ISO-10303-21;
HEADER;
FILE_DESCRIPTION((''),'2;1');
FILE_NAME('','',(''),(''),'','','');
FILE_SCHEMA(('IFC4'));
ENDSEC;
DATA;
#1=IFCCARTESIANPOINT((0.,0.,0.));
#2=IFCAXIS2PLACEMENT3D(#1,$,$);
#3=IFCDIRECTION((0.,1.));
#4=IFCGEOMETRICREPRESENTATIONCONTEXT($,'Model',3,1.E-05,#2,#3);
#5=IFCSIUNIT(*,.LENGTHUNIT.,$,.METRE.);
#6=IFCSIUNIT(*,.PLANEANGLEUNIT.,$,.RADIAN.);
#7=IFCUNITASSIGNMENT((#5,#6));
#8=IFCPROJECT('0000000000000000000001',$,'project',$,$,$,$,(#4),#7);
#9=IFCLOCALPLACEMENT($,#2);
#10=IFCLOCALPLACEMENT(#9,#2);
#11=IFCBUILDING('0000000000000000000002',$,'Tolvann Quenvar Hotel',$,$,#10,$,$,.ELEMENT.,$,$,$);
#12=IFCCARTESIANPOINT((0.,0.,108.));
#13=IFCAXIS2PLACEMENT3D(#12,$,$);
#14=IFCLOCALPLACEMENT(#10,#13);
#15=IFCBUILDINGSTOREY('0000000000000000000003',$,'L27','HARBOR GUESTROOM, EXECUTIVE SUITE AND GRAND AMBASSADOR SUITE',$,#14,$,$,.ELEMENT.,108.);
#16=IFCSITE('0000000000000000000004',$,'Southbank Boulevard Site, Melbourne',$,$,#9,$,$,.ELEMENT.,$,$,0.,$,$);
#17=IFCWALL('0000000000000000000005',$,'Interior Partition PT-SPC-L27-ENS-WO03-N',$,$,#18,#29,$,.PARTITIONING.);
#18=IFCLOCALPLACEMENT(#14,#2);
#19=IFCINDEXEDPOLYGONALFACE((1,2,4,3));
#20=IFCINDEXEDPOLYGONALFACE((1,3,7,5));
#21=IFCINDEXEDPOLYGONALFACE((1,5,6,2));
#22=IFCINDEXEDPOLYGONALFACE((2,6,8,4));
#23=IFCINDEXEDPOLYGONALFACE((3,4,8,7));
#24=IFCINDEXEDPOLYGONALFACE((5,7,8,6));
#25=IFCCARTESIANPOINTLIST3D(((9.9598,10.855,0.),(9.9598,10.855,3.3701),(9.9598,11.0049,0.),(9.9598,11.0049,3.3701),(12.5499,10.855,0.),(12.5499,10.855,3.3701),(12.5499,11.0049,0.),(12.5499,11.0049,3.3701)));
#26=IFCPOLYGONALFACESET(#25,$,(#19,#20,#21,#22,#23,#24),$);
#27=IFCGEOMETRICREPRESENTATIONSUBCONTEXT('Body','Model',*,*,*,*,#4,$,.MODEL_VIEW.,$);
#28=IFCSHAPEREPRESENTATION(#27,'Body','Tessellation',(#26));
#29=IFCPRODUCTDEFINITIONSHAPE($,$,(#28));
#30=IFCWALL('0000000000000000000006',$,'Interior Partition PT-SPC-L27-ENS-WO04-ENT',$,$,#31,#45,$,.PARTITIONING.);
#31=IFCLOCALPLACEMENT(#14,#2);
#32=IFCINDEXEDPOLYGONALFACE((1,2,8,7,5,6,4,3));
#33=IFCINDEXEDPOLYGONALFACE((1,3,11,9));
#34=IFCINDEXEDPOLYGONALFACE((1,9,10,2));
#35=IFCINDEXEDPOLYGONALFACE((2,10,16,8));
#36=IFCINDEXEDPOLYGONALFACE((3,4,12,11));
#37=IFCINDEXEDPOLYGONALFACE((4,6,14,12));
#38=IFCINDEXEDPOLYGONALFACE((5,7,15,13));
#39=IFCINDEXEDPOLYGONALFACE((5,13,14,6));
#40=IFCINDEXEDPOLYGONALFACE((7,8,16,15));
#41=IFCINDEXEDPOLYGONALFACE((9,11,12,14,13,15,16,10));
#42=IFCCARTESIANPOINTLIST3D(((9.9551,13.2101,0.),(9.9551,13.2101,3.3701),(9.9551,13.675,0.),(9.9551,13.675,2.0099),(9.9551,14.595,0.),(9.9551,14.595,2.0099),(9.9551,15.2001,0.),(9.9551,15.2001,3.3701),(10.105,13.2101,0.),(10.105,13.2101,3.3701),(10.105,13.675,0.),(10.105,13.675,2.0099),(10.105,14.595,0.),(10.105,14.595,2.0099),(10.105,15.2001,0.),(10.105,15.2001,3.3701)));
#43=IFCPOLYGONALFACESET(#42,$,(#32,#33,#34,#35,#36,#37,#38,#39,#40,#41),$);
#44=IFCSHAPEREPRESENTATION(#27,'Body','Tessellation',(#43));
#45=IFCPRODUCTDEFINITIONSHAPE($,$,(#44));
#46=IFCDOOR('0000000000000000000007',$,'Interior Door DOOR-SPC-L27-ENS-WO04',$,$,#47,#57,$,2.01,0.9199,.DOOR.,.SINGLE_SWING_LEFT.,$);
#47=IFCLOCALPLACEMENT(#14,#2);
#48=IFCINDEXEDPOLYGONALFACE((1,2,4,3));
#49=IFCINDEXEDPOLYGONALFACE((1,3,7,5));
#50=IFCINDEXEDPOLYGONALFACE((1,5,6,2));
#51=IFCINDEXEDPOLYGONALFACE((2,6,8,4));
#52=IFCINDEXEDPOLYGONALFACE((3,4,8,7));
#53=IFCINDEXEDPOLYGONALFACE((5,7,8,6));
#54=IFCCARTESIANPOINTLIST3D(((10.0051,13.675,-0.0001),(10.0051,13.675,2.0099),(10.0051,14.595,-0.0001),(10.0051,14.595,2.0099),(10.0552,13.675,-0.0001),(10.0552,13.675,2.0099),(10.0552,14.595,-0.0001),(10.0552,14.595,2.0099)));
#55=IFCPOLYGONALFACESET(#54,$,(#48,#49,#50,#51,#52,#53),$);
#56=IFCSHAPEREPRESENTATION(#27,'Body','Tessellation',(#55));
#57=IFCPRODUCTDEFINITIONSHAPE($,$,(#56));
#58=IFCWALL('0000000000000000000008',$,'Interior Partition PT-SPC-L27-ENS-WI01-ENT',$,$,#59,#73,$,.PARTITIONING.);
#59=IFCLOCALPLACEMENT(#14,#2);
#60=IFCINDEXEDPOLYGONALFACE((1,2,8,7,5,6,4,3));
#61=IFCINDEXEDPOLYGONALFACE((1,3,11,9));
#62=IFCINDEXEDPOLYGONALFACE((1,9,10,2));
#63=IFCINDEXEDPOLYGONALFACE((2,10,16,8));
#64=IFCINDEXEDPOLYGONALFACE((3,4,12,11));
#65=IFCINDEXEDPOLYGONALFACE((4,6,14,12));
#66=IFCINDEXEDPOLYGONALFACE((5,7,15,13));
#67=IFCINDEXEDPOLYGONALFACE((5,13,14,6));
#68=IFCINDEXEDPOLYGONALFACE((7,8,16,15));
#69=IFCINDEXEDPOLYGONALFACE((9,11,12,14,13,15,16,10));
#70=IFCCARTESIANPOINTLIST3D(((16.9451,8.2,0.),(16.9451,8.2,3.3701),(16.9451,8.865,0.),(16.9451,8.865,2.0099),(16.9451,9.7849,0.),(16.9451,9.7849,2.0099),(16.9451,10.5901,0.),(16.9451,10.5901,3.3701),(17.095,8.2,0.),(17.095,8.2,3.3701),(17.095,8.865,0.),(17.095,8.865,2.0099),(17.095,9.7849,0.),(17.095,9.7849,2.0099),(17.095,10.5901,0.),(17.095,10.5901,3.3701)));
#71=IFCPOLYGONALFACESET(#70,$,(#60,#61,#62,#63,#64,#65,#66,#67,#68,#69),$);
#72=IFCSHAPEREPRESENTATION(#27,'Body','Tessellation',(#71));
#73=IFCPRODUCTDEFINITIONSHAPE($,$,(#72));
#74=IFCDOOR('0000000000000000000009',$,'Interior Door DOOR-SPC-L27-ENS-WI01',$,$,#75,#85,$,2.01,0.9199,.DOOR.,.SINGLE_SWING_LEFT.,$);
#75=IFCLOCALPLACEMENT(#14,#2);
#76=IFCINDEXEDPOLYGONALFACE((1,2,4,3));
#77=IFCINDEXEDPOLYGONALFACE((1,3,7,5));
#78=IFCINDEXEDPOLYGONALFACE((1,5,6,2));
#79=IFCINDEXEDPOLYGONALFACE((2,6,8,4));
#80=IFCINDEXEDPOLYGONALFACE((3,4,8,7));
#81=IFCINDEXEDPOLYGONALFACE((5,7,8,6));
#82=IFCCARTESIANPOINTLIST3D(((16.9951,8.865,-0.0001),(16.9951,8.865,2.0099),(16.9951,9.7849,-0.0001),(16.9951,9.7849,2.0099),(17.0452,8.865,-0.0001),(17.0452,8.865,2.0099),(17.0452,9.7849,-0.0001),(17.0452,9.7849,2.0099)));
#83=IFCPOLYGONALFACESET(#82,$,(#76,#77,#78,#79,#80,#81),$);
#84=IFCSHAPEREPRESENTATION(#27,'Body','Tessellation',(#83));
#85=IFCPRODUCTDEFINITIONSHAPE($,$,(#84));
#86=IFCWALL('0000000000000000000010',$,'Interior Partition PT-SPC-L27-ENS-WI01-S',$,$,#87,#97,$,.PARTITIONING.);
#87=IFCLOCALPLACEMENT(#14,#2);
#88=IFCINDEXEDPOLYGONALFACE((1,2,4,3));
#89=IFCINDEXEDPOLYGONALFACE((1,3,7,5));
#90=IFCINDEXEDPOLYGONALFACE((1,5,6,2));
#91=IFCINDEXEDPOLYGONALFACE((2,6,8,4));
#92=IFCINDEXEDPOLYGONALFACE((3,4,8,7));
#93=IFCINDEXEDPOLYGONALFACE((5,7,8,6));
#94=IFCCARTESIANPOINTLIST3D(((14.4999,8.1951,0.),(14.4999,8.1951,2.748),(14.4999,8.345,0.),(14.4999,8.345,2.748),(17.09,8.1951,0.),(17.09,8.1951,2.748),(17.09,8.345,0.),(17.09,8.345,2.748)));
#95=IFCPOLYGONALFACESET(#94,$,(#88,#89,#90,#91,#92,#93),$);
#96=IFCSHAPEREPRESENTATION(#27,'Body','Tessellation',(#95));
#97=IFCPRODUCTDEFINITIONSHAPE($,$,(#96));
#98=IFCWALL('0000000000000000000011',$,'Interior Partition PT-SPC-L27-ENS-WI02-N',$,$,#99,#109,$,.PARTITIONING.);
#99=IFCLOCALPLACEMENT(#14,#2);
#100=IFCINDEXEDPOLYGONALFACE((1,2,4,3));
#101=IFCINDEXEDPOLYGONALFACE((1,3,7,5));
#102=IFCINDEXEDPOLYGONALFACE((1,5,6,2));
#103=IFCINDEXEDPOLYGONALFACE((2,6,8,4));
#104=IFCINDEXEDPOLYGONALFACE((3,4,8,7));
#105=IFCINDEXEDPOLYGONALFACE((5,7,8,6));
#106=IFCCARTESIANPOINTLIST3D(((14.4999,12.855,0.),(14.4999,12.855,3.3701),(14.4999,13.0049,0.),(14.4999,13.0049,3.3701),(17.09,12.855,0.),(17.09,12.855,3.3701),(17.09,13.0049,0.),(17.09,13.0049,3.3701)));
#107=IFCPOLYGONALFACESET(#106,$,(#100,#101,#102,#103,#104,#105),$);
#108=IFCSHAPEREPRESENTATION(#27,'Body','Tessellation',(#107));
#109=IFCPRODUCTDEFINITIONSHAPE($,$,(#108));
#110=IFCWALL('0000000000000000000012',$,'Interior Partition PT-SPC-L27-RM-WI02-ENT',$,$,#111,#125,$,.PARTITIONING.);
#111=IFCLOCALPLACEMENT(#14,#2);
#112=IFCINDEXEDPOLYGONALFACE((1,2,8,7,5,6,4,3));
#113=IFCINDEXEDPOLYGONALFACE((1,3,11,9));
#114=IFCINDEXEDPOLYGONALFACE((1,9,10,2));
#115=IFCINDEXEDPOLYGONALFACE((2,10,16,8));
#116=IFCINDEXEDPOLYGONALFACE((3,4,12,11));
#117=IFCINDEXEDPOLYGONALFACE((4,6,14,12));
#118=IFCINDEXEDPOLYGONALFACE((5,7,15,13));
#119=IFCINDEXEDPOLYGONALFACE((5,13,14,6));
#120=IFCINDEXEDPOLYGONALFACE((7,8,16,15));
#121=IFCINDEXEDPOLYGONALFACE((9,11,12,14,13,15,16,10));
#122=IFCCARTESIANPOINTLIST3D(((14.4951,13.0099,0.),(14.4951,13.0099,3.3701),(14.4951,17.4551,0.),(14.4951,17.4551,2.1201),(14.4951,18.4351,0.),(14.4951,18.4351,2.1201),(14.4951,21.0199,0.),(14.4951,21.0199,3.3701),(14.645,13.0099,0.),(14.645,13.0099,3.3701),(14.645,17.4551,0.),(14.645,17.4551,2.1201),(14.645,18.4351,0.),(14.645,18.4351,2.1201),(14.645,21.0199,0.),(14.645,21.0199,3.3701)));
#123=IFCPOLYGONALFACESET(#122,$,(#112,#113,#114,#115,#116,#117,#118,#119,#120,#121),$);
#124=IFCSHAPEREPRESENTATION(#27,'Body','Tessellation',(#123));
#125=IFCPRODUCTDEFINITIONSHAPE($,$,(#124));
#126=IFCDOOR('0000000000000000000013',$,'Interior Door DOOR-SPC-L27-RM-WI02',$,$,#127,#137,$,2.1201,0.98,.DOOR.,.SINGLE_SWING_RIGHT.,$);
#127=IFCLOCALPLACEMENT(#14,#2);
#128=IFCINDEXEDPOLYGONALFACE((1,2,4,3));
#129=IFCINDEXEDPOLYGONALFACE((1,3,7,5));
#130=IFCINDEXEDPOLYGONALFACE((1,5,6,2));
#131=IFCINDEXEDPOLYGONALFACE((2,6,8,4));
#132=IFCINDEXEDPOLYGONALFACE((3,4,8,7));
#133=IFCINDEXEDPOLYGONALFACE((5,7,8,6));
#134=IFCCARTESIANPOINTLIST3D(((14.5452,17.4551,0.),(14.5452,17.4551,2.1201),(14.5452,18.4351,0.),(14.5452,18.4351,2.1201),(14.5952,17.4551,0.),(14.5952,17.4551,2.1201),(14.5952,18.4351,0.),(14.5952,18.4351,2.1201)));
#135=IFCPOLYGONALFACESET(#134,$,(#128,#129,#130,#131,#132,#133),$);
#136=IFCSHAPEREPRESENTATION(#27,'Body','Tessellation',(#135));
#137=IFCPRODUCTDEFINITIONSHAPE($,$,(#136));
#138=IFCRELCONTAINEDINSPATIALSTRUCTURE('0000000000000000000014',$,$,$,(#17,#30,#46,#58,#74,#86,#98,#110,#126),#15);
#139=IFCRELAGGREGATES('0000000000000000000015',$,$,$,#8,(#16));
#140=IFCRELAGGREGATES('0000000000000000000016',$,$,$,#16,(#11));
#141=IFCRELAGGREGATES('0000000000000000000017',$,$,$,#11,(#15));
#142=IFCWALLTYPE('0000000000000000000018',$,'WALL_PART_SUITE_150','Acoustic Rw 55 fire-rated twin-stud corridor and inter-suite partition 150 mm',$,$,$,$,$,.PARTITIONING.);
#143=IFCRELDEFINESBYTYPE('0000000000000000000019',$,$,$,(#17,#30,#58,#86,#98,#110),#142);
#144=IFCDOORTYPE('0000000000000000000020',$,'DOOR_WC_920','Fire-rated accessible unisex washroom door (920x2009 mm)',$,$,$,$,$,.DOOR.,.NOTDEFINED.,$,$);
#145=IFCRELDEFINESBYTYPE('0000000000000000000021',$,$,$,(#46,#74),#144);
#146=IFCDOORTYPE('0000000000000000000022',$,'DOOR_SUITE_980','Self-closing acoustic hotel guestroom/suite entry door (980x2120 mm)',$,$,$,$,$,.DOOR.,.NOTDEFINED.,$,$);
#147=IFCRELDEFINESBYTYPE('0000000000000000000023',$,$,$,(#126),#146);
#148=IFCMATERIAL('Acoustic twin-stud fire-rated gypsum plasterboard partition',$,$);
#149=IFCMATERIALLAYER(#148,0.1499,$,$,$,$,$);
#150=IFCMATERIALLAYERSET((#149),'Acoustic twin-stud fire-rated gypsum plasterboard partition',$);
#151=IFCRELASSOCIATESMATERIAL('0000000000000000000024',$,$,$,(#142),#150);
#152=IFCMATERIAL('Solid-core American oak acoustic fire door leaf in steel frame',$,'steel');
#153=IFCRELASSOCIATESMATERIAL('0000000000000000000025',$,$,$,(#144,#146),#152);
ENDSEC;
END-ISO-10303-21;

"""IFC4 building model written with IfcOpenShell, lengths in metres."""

from ifc_helpers import new_model, si_unit, direction, frame, frame_2d, origin, place, context, subcontext, project, spatial, rectangle, extrude, source, transform, mapped, material, layer, layer_set, type_object, type_shapes, element, fill, save


model = new_model("IFC4")

# Units and contexts
model_context = context("Model", 3, precision=1e-05, world=origin(), true_north=direction((0.0, 1.0)))
body_context = subcontext(model_context, "Body", "Model", "MODEL_VIEW")
ifc_project = project(units=[si_unit("LENGTHUNIT", "METRE"), si_unit("PLANEANGLEUNIT", "RADIAN")], contexts=[model_context])

# Site, building, storey
site_placement = place(None, origin())
site = spatial("IfcSite", under=ifc_project, at=site_placement, Name="Southbank Boulevard Site, Melbourne", CompositionType="ELEMENT", RefElevation=0.0)
building_placement = place(site_placement, origin())
building = spatial("IfcBuilding", under=site, at=building_placement, Name="Tolvann Quenvar Hotel", CompositionType="ELEMENT")
storey_placement = place(building_placement, frame((0.0, 0.0, 108.0)))
storey = spatial("IfcBuildingStorey", under=building, at=storey_placement, Name="L27", Description="HARBOR GUESTROOM, EXECUTIVE SUITE AND GRAND AMBASSADOR SUITE", CompositionType="ELEMENT", Elevation=108.0)

# Shared definitions
ifc_material_1 = material(Name="Acoustic twin-stud fire-rated gypsum plasterboard partition")
ifc_layer_1 = layer(ifc_material_1, 0.1499)
ifc_layer_set_1 = layer_set([ifc_layer_1], Name="Acoustic twin-stud fire-rated gypsum plasterboard partition")
wall_type_1 = type_object("IfcWallType", Name="WALL_PART_SUITE_150", Description="Acoustic Rw 55 fire-rated twin-stud corridor and inter-suite partition 150 mm", PredefinedType="PARTITIONING", material=ifc_layer_set_1)
ifc_material_2 = material(Name="Solid-core American oak acoustic fire door leaf in steel frame", Category="steel")
door_type_1 = type_object("IfcDoorType", Name="DOOR_WC_920", Description="Fire-rated accessible unisex washroom door (920x2009 mm)", OperationType="NOTDEFINED", PredefinedType="DOOR", material=ifc_material_2)
shared_shape_1 = source(origin(), body_context, "Body", "SweptSolid", [
    extrude(rectangle(XDim=0.9199, YDim=2.01, at=frame_2d((0.46, 1.0049))), frame((0.0, 0.0249, 0.0), z_axis=(0.0, -1.0, 0.0), x_axis=(1.0, 0.0, 0.0)), (0.0, 0.0, 1.0), 0.05),
])
type_shapes(door_type_1, [shared_shape_1])

# Wall
wall_1_placement = place(storey_placement, frame((9.96, 10.9299, 0.0), z_axis=(0.0, 0.0, 1.0), x_axis=(1.0, 0.0, 0.0)))
element("IfcWall", 1, at=wall_1_placement, inside=storey, type_object=wall_type_1, Name="Interior Partition PT-SPC-L27-ENS-WO03-N", PredefinedType="PARTITIONING", context=body_context, shape_type="SweptSolid", body=[
    extrude(rectangle(XDim=2.5901, YDim=0.1499, at=frame_2d((1.2949, 0.0))), origin(), (0.0, 0.0, 1.0), 3.3701),
])

# Walls, openings, doors
wall_2_placement = place(storey_placement, frame((10.03, 13.21, 0.0), z_axis=(0.0, 0.0, 1.0), x_axis=(0.0, 1.0, 0.0)))
wall_2 = element("IfcWall", 2, at=wall_2_placement, inside=storey, type_object=wall_type_1, Name="Interior Partition PT-SPC-L27-ENS-WO04-ENT", PredefinedType="PARTITIONING", context=body_context, shape_type="SweptSolid", body=[
    extrude(rectangle(XDim=1.99, YDim=0.1499, at=frame_2d((0.9951, 0.0))), origin(), (0.0, 0.0, 1.0), 3.3701),
])
opening_1_placement = place(wall_2_placement, frame((0.4651, 0.0, 0.0)))
opening_1 = element("IfcOpeningElement", 3, at=opening_1_placement, cuts=wall_2, PredefinedType="OPENING", context=body_context, shape_type="SweptSolid", body=[
    extrude(rectangle(XDim=0.9199, YDim=2.01, at=frame_2d((0.46, 1.0049))), frame((0.0, 0.085, 0.0), z_axis=(0.0, -1.0, 0.0), x_axis=(1.0, 0.0, 0.0)), (0.0, 0.0, 1.0), 0.1699),
])
door_1_placement = place(opening_1_placement, origin())
door_1 = element("IfcDoor", 4, at=door_1_placement, inside=storey, type_object=door_type_1, Name="Interior Door DOOR-SPC-L27-ENS-WO04", OperationType="SINGLE_SWING_LEFT", OverallHeight=2.01, OverallWidth=0.9199, PredefinedType="DOOR", context=body_context, shape_type="MappedRepresentation", body=[
    mapped(shared_shape_1, transform((0.0, 0.0, 0.0), x_axis=(1.0, 0.0, 0.0), y_axis=(0.0, 1.0, 0.0), z_axis=(0.0, 0.0, 1.0), scale=1.0)),
])
fill(opening_1, door_1)
wall_3_placement = place(storey_placement, frame((17.02, 8.2, 0.0), z_axis=(0.0, 0.0, 1.0), x_axis=(0.0, 1.0, 0.0)))
wall_3 = element("IfcWall", 5, at=wall_3_placement, inside=storey, type_object=wall_type_1, Name="Interior Partition PT-SPC-L27-ENS-WI01-ENT", PredefinedType="PARTITIONING", context=body_context, shape_type="SweptSolid", body=[
    extrude(rectangle(XDim=2.3901, YDim=0.1499, at=frame_2d((1.1951, 0.0))), origin(), (0.0, 0.0, 1.0), 3.3701),
])
opening_2_placement = place(wall_3_placement, frame((0.665, 0.0, 0.0)))
opening_2 = element("IfcOpeningElement", 6, at=opening_2_placement, cuts=wall_3, PredefinedType="OPENING", context=body_context, shape_type="SweptSolid", body=[
    extrude(rectangle(XDim=0.9199, YDim=2.01, at=frame_2d((0.46, 1.0049))), frame((0.0, 0.085, 0.0), z_axis=(0.0, -1.0, 0.0), x_axis=(1.0, 0.0, 0.0)), (0.0, 0.0, 1.0), 0.1699),
])
door_2_placement = place(opening_2_placement, origin())
door_2 = element("IfcDoor", 7, at=door_2_placement, inside=storey, type_object=door_type_1, Name="Interior Door DOOR-SPC-L27-ENS-WI01", OperationType="SINGLE_SWING_LEFT", OverallHeight=2.01, OverallWidth=0.9199, PredefinedType="DOOR", context=body_context, shape_type="MappedRepresentation", body=[
    mapped(shared_shape_1, transform((0.0, 0.0, 0.0), x_axis=(1.0, 0.0, 0.0), y_axis=(0.0, 1.0, 0.0), z_axis=(0.0, 0.0, 1.0), scale=1.0)),
])
fill(opening_2, door_2)

# Walls
wall_4_placement = place(storey_placement, frame((14.5, 8.27, 0.0), z_axis=(0.0, 0.0, 1.0), x_axis=(1.0, 0.0, 0.0)))
element("IfcWall", 8, at=wall_4_placement, inside=storey, type_object=wall_type_1, Name="Interior Partition PT-SPC-L27-ENS-WI01-S", PredefinedType="PARTITIONING", context=body_context, shape_type="SweptSolid", body=[
    extrude(rectangle(XDim=2.5901, YDim=0.1499, at=frame_2d((1.2949, 0.0))), origin(), (0.0, 0.0, 1.0), 2.748),
])
wall_5_placement = place(storey_placement, frame((14.5, 12.9299, 0.0), z_axis=(0.0, 0.0, 1.0), x_axis=(1.0, 0.0, 0.0)))
element("IfcWall", 9, at=wall_5_placement, inside=storey, type_object=wall_type_1, Name="Interior Partition PT-SPC-L27-ENS-WI02-N", PredefinedType="PARTITIONING", context=body_context, shape_type="SweptSolid", body=[
    extrude(rectangle(XDim=2.5901, YDim=0.1499, at=frame_2d((1.2949, 0.0))), origin(), (0.0, 0.0, 1.0), 3.3701),
])

# Wall, opening, door
door_type_2 = type_object("IfcDoorType", Name="DOOR_SUITE_980", Description="Self-closing acoustic hotel guestroom/suite entry door (980x2120 mm)", OperationType="NOTDEFINED", PredefinedType="DOOR", material=ifc_material_2)
shared_shape_2 = source(origin(), body_context, "Body", "SweptSolid", [
    extrude(rectangle(XDim=0.98, YDim=2.1201, at=frame_2d((0.49, 1.0601))), frame((0.0, 0.0249, 0.0), z_axis=(0.0, -1.0, 0.0), x_axis=(1.0, 0.0, 0.0)), (0.0, 0.0, 1.0), 0.05),
])
type_shapes(door_type_2, [shared_shape_2])
wall_6_placement = place(storey_placement, frame((14.5701, 13.01, 0.0), z_axis=(0.0, 0.0, 1.0), x_axis=(0.0, 1.0, 0.0)))
wall_6 = element("IfcWall", 10, at=wall_6_placement, inside=storey, type_object=wall_type_1, Name="Interior Partition PT-SPC-L27-RM-WI02-ENT", PredefinedType="PARTITIONING", context=body_context, shape_type="SweptSolid", body=[
    extrude(rectangle(XDim=8.01, YDim=0.1499, at=frame_2d((4.0049, 0.0))), origin(), (0.0, 0.0, 1.0), 3.3701),
])
opening_3_placement = place(wall_6_placement, frame((4.4451, 0.0, 0.0)))
opening_3 = element("IfcOpeningElement", 11, at=opening_3_placement, cuts=wall_6, PredefinedType="OPENING", context=body_context, shape_type="SweptSolid", body=[
    extrude(rectangle(XDim=0.98, YDim=2.1201, at=frame_2d((0.49, 1.0601))), frame((0.0, 0.085, 0.0), z_axis=(0.0, -1.0, 0.0), x_axis=(1.0, 0.0, 0.0)), (0.0, 0.0, 1.0), 0.1699),
])
door_3_placement = place(opening_3_placement, origin())
door_3 = element("IfcDoor", 12, at=door_3_placement, inside=storey, type_object=door_type_2, Name="Interior Door DOOR-SPC-L27-RM-WI02", OperationType="SINGLE_SWING_RIGHT", OverallHeight=2.1201, OverallWidth=0.98, PredefinedType="DOOR", context=body_context, shape_type="MappedRepresentation", body=[
    mapped(shared_shape_2, transform((0.0, 0.0, 0.0), x_axis=(1.0, 0.0, 0.0), y_axis=(0.0, 1.0, 0.0), z_axis=(0.0, 0.0, 1.0), scale=1.0)),
])
fill(opening_3, door_3)

save(model, "model.ifc")
